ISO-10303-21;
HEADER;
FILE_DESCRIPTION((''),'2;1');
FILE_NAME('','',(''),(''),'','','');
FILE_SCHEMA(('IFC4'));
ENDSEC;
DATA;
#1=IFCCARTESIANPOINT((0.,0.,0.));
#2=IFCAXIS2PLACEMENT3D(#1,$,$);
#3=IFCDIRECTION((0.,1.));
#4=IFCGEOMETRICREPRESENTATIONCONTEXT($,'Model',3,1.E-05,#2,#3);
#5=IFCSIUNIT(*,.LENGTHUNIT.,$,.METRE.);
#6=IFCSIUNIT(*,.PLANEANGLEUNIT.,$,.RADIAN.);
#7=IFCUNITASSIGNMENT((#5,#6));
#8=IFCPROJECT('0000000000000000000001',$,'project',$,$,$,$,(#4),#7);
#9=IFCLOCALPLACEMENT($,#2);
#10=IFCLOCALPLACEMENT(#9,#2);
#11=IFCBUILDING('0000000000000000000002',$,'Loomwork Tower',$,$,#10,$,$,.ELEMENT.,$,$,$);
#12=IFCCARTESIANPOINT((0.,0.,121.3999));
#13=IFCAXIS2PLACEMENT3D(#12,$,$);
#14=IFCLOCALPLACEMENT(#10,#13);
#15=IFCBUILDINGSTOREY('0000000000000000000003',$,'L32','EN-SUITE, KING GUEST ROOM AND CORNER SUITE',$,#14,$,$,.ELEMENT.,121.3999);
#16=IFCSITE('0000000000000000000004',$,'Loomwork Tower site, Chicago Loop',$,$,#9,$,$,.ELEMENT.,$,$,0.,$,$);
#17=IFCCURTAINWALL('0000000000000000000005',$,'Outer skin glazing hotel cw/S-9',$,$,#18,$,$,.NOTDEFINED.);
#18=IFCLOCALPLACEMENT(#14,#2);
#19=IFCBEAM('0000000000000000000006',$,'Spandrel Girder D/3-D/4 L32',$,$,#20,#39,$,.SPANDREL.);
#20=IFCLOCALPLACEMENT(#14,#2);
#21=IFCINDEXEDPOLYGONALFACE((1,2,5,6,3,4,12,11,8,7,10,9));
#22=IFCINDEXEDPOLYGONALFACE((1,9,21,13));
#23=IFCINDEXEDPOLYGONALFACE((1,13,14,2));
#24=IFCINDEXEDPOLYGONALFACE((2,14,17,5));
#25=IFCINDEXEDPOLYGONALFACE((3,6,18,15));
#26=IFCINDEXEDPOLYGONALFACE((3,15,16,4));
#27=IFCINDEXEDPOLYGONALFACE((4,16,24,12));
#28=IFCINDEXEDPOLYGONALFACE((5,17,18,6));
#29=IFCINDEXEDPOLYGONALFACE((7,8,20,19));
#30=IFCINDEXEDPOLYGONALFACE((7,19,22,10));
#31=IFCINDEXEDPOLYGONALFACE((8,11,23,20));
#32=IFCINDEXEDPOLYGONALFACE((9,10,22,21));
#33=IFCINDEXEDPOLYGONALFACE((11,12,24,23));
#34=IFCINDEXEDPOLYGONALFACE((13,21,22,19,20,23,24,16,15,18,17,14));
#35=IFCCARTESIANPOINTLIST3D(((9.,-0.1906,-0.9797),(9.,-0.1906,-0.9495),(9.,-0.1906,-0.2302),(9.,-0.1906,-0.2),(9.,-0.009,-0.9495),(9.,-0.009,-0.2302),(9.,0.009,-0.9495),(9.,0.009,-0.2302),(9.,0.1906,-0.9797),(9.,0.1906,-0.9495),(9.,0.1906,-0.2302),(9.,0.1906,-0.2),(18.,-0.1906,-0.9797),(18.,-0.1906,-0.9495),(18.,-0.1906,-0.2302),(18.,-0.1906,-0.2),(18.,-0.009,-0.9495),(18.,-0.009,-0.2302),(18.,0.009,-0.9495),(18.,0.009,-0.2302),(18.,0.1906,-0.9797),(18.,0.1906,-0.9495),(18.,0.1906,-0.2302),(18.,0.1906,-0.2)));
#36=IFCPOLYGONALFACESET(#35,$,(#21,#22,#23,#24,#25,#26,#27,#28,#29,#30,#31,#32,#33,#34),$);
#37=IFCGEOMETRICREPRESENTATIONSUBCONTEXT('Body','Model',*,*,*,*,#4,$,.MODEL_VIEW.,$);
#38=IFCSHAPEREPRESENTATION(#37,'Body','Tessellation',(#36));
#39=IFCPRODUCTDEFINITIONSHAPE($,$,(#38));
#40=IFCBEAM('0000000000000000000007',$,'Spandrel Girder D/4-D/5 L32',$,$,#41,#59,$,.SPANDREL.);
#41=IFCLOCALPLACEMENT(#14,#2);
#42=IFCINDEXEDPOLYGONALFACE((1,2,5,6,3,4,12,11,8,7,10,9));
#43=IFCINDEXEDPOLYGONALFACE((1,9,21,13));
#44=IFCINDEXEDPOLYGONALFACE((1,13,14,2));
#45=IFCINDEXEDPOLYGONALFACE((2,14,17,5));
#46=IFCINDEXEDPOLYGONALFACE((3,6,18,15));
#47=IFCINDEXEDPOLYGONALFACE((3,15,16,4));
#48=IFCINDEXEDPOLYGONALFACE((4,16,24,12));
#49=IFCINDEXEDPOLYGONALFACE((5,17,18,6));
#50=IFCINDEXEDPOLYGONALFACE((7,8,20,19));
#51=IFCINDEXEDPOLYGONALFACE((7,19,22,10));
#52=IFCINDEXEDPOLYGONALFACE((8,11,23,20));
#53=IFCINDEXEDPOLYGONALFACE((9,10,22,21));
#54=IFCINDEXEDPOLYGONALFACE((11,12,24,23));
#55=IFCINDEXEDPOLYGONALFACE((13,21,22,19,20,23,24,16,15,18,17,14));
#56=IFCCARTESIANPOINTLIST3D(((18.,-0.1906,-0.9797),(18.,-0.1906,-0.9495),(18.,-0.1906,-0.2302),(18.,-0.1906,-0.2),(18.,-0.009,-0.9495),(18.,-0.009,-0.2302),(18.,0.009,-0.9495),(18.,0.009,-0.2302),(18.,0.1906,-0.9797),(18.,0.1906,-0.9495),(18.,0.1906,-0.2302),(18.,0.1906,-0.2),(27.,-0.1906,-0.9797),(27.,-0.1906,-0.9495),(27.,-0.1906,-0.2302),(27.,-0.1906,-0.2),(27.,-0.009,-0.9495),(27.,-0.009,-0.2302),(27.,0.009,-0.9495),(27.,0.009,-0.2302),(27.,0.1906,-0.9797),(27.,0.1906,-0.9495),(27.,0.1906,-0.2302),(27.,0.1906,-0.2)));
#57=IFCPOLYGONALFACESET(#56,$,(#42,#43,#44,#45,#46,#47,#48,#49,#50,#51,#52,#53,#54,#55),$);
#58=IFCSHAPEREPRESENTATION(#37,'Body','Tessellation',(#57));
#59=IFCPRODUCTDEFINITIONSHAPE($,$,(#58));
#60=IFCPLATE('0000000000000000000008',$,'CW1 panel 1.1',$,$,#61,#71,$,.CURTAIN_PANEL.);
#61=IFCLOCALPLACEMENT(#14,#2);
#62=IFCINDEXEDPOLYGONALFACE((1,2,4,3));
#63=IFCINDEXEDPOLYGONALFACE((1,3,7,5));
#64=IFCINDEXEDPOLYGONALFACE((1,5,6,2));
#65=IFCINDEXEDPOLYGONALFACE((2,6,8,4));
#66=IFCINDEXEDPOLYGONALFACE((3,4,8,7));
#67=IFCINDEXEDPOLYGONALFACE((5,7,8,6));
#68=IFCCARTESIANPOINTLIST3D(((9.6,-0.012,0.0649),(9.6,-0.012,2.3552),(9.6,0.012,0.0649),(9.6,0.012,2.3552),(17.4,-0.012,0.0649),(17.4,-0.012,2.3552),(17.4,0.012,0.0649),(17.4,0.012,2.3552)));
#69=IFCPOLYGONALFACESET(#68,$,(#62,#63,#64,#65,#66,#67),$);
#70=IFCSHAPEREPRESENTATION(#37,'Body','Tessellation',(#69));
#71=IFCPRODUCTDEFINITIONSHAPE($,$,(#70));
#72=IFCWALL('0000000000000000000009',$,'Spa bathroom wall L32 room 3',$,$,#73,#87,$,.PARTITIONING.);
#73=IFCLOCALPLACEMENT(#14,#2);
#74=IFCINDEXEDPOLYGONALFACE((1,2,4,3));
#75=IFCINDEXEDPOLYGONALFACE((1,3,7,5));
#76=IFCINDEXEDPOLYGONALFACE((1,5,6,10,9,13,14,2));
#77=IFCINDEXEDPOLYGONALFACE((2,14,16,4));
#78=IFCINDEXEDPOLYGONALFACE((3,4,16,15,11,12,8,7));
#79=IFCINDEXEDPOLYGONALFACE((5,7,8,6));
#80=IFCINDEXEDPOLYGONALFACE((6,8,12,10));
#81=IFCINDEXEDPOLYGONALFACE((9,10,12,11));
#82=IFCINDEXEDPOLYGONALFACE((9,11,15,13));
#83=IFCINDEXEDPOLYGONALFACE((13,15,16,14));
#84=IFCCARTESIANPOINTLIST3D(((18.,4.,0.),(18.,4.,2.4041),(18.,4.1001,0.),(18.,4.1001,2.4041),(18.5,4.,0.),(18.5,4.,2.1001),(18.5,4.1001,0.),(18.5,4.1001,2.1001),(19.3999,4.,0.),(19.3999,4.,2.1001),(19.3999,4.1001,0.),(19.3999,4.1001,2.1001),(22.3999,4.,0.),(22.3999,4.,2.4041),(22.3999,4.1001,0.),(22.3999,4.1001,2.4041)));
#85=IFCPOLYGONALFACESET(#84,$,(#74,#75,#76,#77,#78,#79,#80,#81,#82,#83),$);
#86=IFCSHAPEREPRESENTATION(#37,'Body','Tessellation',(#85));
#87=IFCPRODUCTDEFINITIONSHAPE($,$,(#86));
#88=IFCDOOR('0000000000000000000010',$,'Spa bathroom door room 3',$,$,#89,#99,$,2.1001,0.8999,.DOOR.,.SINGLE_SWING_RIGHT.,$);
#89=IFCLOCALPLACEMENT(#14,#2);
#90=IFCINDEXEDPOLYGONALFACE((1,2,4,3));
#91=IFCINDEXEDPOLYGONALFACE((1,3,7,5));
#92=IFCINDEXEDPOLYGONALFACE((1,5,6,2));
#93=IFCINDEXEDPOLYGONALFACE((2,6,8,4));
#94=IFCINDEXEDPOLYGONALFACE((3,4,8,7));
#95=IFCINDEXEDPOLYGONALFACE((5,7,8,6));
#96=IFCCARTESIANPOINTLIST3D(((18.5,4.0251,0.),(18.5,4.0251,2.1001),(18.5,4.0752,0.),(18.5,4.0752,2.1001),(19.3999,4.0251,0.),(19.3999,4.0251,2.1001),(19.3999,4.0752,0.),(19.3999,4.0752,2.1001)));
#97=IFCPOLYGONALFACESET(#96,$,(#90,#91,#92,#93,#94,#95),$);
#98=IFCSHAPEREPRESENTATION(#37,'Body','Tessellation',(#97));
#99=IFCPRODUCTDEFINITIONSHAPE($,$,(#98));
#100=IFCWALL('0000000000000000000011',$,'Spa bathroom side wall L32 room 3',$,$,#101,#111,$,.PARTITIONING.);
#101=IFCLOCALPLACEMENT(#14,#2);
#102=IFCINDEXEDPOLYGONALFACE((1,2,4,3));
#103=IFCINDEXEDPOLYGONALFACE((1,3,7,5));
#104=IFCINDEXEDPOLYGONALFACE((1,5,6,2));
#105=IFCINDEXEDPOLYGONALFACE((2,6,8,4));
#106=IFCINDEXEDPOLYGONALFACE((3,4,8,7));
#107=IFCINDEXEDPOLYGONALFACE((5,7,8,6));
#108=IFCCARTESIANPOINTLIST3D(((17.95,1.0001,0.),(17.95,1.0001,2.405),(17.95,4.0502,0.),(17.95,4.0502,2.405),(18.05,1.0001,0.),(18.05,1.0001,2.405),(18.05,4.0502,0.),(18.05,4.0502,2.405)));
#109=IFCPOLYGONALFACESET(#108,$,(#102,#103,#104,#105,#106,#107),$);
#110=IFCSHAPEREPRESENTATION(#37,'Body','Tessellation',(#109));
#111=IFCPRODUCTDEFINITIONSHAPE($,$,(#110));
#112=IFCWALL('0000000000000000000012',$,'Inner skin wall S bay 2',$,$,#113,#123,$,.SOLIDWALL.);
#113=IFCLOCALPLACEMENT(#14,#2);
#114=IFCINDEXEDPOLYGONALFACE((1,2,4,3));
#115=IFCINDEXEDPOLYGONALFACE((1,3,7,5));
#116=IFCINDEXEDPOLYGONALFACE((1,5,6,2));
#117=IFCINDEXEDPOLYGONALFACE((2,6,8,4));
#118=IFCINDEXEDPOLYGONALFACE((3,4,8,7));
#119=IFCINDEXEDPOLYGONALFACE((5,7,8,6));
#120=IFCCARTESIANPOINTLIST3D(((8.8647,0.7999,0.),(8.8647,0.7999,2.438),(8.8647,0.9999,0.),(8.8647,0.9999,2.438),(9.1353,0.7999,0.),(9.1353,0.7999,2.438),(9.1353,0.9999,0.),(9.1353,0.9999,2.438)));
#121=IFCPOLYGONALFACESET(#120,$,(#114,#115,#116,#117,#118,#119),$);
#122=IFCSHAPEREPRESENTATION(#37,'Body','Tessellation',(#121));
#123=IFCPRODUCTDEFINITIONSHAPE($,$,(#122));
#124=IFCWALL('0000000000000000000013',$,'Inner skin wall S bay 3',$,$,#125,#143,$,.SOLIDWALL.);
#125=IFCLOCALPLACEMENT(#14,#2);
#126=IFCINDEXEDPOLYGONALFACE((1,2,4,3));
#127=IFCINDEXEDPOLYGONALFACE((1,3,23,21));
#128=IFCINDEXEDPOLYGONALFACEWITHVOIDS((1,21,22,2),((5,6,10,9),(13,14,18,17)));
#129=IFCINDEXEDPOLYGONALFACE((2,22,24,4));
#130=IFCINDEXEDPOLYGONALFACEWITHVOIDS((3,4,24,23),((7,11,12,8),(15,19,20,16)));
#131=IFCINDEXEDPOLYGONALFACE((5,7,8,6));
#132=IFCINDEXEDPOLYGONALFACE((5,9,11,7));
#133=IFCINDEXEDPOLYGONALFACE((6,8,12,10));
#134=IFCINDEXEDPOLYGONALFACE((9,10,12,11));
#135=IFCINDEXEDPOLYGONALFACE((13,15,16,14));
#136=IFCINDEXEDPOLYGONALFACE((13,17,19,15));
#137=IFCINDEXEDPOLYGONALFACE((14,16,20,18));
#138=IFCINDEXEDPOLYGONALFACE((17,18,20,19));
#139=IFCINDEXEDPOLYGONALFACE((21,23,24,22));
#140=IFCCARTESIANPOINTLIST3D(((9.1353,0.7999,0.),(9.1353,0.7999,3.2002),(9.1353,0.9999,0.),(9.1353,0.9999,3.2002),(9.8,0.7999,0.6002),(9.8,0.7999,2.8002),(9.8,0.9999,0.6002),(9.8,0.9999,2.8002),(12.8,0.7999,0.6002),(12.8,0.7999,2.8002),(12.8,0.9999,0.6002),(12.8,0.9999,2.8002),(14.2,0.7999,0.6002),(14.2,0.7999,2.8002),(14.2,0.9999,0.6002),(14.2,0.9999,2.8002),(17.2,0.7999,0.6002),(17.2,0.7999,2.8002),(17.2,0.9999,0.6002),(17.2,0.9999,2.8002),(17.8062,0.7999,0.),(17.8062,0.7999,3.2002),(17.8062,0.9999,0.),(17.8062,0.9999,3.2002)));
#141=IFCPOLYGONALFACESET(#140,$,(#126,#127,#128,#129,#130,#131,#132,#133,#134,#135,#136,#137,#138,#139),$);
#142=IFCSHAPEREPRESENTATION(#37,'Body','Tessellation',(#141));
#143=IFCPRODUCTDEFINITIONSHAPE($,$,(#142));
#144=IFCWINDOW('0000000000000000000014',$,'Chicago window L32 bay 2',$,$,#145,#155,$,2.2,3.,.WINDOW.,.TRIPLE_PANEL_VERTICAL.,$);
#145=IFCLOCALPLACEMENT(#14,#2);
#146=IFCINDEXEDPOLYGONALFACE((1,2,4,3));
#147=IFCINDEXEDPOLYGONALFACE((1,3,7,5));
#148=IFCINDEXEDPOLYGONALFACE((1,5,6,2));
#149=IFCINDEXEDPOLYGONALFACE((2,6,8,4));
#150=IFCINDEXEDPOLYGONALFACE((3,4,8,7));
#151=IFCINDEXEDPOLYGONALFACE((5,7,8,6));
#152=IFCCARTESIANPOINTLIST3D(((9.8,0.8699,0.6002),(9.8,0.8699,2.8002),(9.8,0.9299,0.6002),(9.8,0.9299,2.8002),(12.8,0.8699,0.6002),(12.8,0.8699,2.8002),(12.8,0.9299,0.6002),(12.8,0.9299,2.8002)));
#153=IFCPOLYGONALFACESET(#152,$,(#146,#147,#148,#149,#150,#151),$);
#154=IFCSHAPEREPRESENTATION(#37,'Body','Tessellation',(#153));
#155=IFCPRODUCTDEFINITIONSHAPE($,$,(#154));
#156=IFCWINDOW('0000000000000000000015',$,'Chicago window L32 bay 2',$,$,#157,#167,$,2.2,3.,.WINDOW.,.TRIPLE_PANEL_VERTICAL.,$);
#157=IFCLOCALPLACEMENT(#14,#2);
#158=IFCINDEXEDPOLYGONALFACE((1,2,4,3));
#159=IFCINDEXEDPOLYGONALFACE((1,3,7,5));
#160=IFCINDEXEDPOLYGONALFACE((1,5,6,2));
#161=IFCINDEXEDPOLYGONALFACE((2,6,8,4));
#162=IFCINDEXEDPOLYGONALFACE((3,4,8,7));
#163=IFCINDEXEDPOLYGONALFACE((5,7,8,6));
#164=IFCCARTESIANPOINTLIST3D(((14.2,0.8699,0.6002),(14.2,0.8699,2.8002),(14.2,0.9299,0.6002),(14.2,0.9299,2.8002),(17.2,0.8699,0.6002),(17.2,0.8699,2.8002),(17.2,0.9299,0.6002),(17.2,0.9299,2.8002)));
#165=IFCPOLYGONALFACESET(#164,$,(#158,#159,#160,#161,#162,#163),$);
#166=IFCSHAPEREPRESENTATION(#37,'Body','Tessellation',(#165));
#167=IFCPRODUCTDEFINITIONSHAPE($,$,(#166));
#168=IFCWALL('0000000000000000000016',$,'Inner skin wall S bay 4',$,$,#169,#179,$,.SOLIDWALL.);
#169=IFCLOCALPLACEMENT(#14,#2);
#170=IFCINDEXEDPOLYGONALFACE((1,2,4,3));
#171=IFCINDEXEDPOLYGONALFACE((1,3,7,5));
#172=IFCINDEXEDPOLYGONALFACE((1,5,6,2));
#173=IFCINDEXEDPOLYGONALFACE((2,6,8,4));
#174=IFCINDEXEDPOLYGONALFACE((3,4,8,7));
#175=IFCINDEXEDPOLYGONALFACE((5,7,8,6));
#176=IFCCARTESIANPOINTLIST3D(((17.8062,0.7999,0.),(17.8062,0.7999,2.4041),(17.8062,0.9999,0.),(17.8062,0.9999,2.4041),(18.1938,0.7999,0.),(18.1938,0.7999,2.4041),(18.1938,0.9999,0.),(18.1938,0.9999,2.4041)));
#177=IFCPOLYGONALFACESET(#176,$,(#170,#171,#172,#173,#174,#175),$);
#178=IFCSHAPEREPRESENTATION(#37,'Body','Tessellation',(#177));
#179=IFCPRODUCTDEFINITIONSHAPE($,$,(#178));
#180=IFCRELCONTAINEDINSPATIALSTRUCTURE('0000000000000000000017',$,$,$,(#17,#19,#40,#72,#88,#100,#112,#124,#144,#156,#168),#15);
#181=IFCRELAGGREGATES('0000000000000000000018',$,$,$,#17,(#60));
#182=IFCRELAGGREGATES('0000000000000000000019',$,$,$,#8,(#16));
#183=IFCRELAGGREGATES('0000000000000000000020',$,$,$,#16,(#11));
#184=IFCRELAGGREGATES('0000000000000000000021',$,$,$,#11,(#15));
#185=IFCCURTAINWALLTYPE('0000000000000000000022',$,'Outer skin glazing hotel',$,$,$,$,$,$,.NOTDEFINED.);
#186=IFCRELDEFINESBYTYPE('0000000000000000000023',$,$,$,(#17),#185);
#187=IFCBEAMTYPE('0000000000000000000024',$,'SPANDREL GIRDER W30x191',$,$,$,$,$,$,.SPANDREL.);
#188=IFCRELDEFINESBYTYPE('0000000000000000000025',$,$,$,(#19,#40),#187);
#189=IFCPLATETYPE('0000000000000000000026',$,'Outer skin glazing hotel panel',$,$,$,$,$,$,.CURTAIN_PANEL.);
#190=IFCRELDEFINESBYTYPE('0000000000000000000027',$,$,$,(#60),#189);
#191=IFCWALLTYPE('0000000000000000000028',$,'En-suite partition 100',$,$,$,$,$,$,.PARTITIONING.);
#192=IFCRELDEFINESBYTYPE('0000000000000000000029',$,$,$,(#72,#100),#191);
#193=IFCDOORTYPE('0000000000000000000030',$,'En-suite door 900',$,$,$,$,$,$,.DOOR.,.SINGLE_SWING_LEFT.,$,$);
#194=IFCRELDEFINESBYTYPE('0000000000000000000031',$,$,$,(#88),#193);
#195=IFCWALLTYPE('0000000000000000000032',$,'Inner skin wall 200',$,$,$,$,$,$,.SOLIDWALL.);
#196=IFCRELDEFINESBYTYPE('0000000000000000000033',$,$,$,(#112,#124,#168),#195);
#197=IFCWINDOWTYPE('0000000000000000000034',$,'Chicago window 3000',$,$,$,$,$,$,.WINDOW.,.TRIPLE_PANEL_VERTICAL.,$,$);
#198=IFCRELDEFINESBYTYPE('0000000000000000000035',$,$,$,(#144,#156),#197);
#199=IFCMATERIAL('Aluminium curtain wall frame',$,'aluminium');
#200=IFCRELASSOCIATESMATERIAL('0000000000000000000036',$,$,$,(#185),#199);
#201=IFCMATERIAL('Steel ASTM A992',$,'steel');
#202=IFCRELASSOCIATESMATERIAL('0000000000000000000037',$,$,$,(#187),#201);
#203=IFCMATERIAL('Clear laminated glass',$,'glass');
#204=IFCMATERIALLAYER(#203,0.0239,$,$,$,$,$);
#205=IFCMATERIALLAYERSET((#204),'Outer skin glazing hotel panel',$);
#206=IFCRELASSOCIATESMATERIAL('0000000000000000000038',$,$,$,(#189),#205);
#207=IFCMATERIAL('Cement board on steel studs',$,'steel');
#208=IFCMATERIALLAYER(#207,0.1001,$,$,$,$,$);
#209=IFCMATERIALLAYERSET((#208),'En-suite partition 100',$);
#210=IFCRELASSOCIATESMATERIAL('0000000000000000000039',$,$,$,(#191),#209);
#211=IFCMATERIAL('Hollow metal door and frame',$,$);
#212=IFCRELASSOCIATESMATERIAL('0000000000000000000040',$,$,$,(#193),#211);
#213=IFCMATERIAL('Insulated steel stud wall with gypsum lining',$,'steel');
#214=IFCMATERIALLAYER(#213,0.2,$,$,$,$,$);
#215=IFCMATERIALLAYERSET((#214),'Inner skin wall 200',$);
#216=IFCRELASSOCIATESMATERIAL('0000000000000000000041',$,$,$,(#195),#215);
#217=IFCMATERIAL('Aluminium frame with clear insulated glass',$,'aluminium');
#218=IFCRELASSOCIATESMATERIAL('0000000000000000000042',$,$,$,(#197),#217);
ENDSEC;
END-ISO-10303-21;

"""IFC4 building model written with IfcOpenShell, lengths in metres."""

from ifc_helpers import new_model, si_unit, direction, frame, frame_2d, origin, origin_2d, place, context, subcontext, project, spatial, rectangle, i_section, extrude, material, layer, layer_set, material_profile, profile_set, type_object, element, fill, aggregate, save


model = new_model("IFC4")

# Units and contexts
model_context = context("Model", 3, precision=1e-05, world=origin(), true_north=direction((0.0, 1.0)))
body_context = subcontext(model_context, "Body", "Model", "MODEL_VIEW")
ifc_project = project(units=[si_unit("LENGTHUNIT", "METRE"), si_unit("PLANEANGLEUNIT", "RADIAN")], contexts=[model_context])

# Site, building, storey
site_placement = place(None, origin())
site = spatial("IfcSite", under=ifc_project, at=site_placement, Name="Loomwork Tower site, Chicago Loop", CompositionType="ELEMENT", RefElevation=0.0)
building_placement = place(site_placement, origin())
building = spatial("IfcBuilding", under=site, at=building_placement, Name="Loomwork Tower", CompositionType="ELEMENT")
storey_placement = place(building_placement, frame((0.0, 0.0, 121.3999)))
storey = spatial("IfcBuildingStorey", under=building, at=storey_placement, Name="L32", Description="EN-SUITE, KING GUEST ROOM AND CORNER SUITE", CompositionType="ELEMENT", Elevation=121.3999)

# Shared definitions
ifc_material_1 = material(Name="Aluminium curtain wall frame", Category="aluminium")
curtain_wall_type = type_object("IfcCurtainWallType", Name="Outer skin glazing hotel", PredefinedType="NOTDEFINED", material=ifc_material_1)

# Curtain wall
curtain_wall_1_placement = place(storey_placement, origin())
curtain_wall_1 = element("IfcCurtainWall", 1, at=curtain_wall_1_placement, inside=storey, type_object=curtain_wall_type, Name="Outer skin glazing hotel cw/S-9", PredefinedType="NOTDEFINED")

# Beams
ifc_material_2 = material(Name="Steel ASTM A992", Category="steel")
ifc_material_profile_1 = material_profile(ifc_material_2, i_section(OverallWidth=0.3811, OverallDepth=0.7798, WebThickness=0.0181, FlangeThickness=0.0303, at=origin_2d()), Name="W30x191")
ifc_profile_set_1 = profile_set([ifc_material_profile_1], Name="Steel ASTM A992")
beam_type_1 = type_object("IfcBeamType", Name="SPANDREL GIRDER W30x191", PredefinedType="SPANDREL", material=ifc_profile_set_1)
for number, where, z_axis, x_axis, name in (
    (2, (9.0, 0.0, -0.5898), (1.0, 0.0, 0.0), (0.0, 1.0, 0.0), "Spandrel Girder D/3-D/4 L32"),
    (3, (18.0, 0.0, -0.5898), (1.0, 0.0, 0.0), (0.0, 1.0, 0.0), "Spandrel Girder D/4-D/5 L32"),
):
    element("IfcBeam", number, at=place(storey_placement, frame(where, z_axis=z_axis, x_axis=x_axis)), inside=storey, type_object=beam_type_1, Name=name, PredefinedType="SPANDREL", context=body_context, shape_type="SweptSolid", body=[
        extrude(i_section(OverallWidth=0.3811, OverallDepth=0.7798, WebThickness=0.0181, FlangeThickness=0.0303, at=origin_2d()), origin(), (0.0, 0.0, 1.0), 9.0),
    ])

# Plate
ifc_material_3 = material(Name="Clear laminated glass", Category="glass")
ifc_layer_1 = layer(ifc_material_3, 0.0239)
ifc_layer_set_1 = layer_set([ifc_layer_1], Name="Outer skin glazing hotel panel")
plate_type = type_object("IfcPlateType", Name="Outer skin glazing hotel panel", PredefinedType="CURTAIN_PANEL", material=ifc_layer_set_1)
plate_placement = place(storey_placement, frame((13.5, 0.0, 0.0649), z_axis=(0.0, 0.0, 1.0), x_axis=(1.0, 0.0, 0.0)))
plate = element("IfcPlate", 4, at=plate_placement, type_object=plate_type, Name="CW1 panel 1.1", PredefinedType="CURTAIN_PANEL", context=body_context, shape_type="SweptSolid", body=[
    extrude(rectangle(XDim=7.8, YDim=0.0239, at=origin_2d()), origin(), (0.0, 0.0, 1.0), 2.2903),
])
aggregate(curtain_wall_1, [plate])

# Wall, opening, door
ifc_material_4 = material(Name="Cement board on steel studs", Category="steel")
ifc_layer_2 = layer(ifc_material_4, 0.1001)
ifc_layer_set_2 = layer_set([ifc_layer_2], Name="En-suite partition 100")
wall_type_1 = type_object("IfcWallType", Name="En-suite partition 100", PredefinedType="PARTITIONING", material=ifc_layer_set_2)
wall_1_placement = place(storey_placement, frame((18.0, 4.05, 0.0), z_axis=(0.0, 0.0, 1.0), x_axis=(1.0, 0.0, 0.0)))
wall_1 = element("IfcWall", 5, at=wall_1_placement, inside=storey, type_object=wall_type_1, Name="Spa bathroom wall L32 room 3", PredefinedType="PARTITIONING", context=body_context, shape_type="SweptSolid", body=[
    extrude(rectangle(XDim=4.3999, YDim=0.1001, at=frame_2d((2.2, 0.0))), origin(), (0.0, 0.0, 1.0), 2.4041),
])
opening_1_placement = place(wall_1_placement, frame((0.5, 0.0, 0.0)))
opening_1 = element("IfcOpeningElement", 6, at=opening_1_placement, cuts=wall_1, PredefinedType="OPENING", context=body_context, shape_type="SweptSolid", body=[
    extrude(rectangle(XDim=0.8999, YDim=2.1001, at=frame_2d((0.45, 1.05))), frame((0.0, 0.0601, 0.0), z_axis=(0.0, -1.0, 0.0), x_axis=(1.0, 0.0, 0.0)), (0.0, 0.0, 1.0), 0.1201),
])
ifc_material_5 = material(Name="Hollow metal door and frame")
door_type = type_object("IfcDoorType", Name="En-suite door 900", OperationType="SINGLE_SWING_LEFT", PredefinedType="DOOR", material=ifc_material_5)
door_placement = place(opening_1_placement, frame((0.8999, 0.0, 0.0), z_axis=(0.0, 0.0, 1.0), x_axis=(-1.0, 0.0, 0.0)))
door = element("IfcDoor", 7, at=door_placement, inside=storey, type_object=door_type, Name="Spa bathroom door room 3", OperationType="SINGLE_SWING_RIGHT", OverallHeight=2.1001, OverallWidth=0.8999, PredefinedType="DOOR", context=body_context, shape_type="SweptSolid", body=[
    extrude(rectangle(XDim=0.8999, YDim=2.1001, at=frame_2d((0.45, 1.05))), frame((0.0, 0.0249, 0.0), z_axis=(0.0, -1.0, 0.0), x_axis=(1.0, 0.0, 0.0)), (0.0, 0.0, 1.0), 0.05),
])
fill(opening_1, door)

# Walls
wall_2_placement = place(storey_placement, frame((18.0, 4.05, 0.0), z_axis=(0.0, 0.0, 1.0), x_axis=(0.0, -1.0, 0.0)))
element("IfcWall", 8, at=wall_2_placement, inside=storey, type_object=wall_type_1, Name="Spa bathroom side wall L32 room 3", PredefinedType="PARTITIONING", context=body_context, shape_type="SweptSolid", body=[
    extrude(rectangle(XDim=3.05, YDim=0.1001, at=frame_2d((1.5249, 0.0))), origin(), (0.0, 0.0, 1.0), 2.405),
])
ifc_material_6 = material(Name="Insulated steel stud wall with gypsum lining", Category="steel")
ifc_layer_3 = layer(ifc_material_6, 0.2)
ifc_layer_set_3 = layer_set([ifc_layer_3], Name="Inner skin wall 200")
wall_type_2 = type_object("IfcWallType", Name="Inner skin wall 200", PredefinedType="SOLIDWALL", material=ifc_layer_set_3)
wall_3_placement = place(storey_placement, frame((8.8647, 0.8999, 0.0), z_axis=(0.0, 0.0, 1.0), x_axis=(1.0, 0.0, 0.0)))
element("IfcWall", 9, at=wall_3_placement, inside=storey, type_object=wall_type_2, Name="Inner skin wall S bay 2", PredefinedType="SOLIDWALL", context=body_context, shape_type="SweptSolid", body=[
    extrude(rectangle(XDim=0.2705, YDim=0.2, at=frame_2d((0.1353, 0.0))), origin(), (0.0, 0.0, 1.0), 2.438),
])

# Wall, openings, windows
wall_4_placement = place(storey_placement, frame((9.1353, 0.8999, 0.0), z_axis=(0.0, 0.0, 1.0), x_axis=(1.0, 0.0, 0.0)))
wall_4 = element("IfcWall", 10, at=wall_4_placement, inside=storey, type_object=wall_type_2, Name="Inner skin wall S bay 3", PredefinedType="SOLIDWALL", context=body_context, shape_type="SweptSolid", body=[
    extrude(rectangle(XDim=8.6709, YDim=0.2, at=frame_2d((4.3354, 0.0))), origin(), (0.0, 0.0, 1.0), 3.2002),
])
opening_2_placement = place(wall_4_placement, frame((0.6648, 0.0, 0.6001)))
opening_2 = element("IfcOpeningElement", 11, at=opening_2_placement, cuts=wall_4, PredefinedType="OPENING", context=body_context, shape_type="SweptSolid", body=[
    extrude(rectangle(XDim=3.0, YDim=2.2, at=frame_2d((1.5, 1.1001))), frame((0.0, 0.1099, 0.0), z_axis=(0.0, -1.0, 0.0), x_axis=(1.0, 0.0, 0.0)), (0.0, 0.0, 1.0), 0.22),
])
opening_3_placement = place(wall_4_placement, frame((5.0647, 0.0, 0.6001)))
opening_3 = element("IfcOpeningElement", 12, at=opening_3_placement, cuts=wall_4, PredefinedType="OPENING", context=body_context, shape_type="SweptSolid", body=[
    extrude(rectangle(XDim=3.0, YDim=2.2, at=frame_2d((1.5, 1.1001))), frame((0.0, 0.1099, 0.0), z_axis=(0.0, -1.0, 0.0), x_axis=(1.0, 0.0, 0.0)), (0.0, 0.0, 1.0), 0.22),
])
ifc_material_7 = material(Name="Aluminium frame with clear insulated glass", Category="aluminium")
window_type = type_object("IfcWindowType", Name="Chicago window 3000", PartitioningType="TRIPLE_PANEL_VERTICAL", PredefinedType="WINDOW", material=ifc_material_7)
window_1_placement = place(opening_2_placement, origin())
window_1 = element("IfcWindow", 13, at=window_1_placement, inside=storey, type_object=window_type, Name="Chicago window L32 bay 2", OverallHeight=2.2, OverallWidth=3.0, PartitioningType="TRIPLE_PANEL_VERTICAL", PredefinedType="WINDOW", context=body_context, shape_type="SweptSolid", body=[
    extrude(rectangle(XDim=3.0, YDim=2.2, at=frame_2d((1.5, 1.1001))), frame((0.0, 0.03, 0.0), z_axis=(0.0, -1.0, 0.0), x_axis=(1.0, 0.0, 0.0)), (0.0, 0.0, 1.0), 0.0601),
])
fill(opening_2, window_1)
window_2_placement = place(opening_3_placement, origin())
window_2 = element("IfcWindow", 14, at=window_2_placement, inside=storey, type_object=window_type, Name="Chicago window L32 bay 2", OverallHeight=2.2, OverallWidth=3.0, PartitioningType="TRIPLE_PANEL_VERTICAL", PredefinedType="WINDOW", context=body_context, shape_type="SweptSolid", body=[
    extrude(rectangle(XDim=3.0, YDim=2.2, at=frame_2d((1.5, 1.1001))), frame((0.0, 0.03, 0.0), z_axis=(0.0, -1.0, 0.0), x_axis=(1.0, 0.0, 0.0)), (0.0, 0.0, 1.0), 0.0601),
])
fill(opening_3, window_2)

# Wall
wall_5_placement = place(storey_placement, frame((17.8062, 0.8999, 0.0), z_axis=(0.0, 0.0, 1.0), x_axis=(1.0, 0.0, 0.0)))
element("IfcWall", 15, at=wall_5_placement, inside=storey, type_object=wall_type_2, Name="Inner skin wall S bay 4", PredefinedType="SOLIDWALL", context=body_context, shape_type="SweptSolid", body=[
    extrude(rectangle(XDim=0.3877, YDim=0.2, at=frame_2d((0.1938, 0.0))), origin(), (0.0, 0.0, 1.0), 2.4041),
])

save(model, "model.ifc")
